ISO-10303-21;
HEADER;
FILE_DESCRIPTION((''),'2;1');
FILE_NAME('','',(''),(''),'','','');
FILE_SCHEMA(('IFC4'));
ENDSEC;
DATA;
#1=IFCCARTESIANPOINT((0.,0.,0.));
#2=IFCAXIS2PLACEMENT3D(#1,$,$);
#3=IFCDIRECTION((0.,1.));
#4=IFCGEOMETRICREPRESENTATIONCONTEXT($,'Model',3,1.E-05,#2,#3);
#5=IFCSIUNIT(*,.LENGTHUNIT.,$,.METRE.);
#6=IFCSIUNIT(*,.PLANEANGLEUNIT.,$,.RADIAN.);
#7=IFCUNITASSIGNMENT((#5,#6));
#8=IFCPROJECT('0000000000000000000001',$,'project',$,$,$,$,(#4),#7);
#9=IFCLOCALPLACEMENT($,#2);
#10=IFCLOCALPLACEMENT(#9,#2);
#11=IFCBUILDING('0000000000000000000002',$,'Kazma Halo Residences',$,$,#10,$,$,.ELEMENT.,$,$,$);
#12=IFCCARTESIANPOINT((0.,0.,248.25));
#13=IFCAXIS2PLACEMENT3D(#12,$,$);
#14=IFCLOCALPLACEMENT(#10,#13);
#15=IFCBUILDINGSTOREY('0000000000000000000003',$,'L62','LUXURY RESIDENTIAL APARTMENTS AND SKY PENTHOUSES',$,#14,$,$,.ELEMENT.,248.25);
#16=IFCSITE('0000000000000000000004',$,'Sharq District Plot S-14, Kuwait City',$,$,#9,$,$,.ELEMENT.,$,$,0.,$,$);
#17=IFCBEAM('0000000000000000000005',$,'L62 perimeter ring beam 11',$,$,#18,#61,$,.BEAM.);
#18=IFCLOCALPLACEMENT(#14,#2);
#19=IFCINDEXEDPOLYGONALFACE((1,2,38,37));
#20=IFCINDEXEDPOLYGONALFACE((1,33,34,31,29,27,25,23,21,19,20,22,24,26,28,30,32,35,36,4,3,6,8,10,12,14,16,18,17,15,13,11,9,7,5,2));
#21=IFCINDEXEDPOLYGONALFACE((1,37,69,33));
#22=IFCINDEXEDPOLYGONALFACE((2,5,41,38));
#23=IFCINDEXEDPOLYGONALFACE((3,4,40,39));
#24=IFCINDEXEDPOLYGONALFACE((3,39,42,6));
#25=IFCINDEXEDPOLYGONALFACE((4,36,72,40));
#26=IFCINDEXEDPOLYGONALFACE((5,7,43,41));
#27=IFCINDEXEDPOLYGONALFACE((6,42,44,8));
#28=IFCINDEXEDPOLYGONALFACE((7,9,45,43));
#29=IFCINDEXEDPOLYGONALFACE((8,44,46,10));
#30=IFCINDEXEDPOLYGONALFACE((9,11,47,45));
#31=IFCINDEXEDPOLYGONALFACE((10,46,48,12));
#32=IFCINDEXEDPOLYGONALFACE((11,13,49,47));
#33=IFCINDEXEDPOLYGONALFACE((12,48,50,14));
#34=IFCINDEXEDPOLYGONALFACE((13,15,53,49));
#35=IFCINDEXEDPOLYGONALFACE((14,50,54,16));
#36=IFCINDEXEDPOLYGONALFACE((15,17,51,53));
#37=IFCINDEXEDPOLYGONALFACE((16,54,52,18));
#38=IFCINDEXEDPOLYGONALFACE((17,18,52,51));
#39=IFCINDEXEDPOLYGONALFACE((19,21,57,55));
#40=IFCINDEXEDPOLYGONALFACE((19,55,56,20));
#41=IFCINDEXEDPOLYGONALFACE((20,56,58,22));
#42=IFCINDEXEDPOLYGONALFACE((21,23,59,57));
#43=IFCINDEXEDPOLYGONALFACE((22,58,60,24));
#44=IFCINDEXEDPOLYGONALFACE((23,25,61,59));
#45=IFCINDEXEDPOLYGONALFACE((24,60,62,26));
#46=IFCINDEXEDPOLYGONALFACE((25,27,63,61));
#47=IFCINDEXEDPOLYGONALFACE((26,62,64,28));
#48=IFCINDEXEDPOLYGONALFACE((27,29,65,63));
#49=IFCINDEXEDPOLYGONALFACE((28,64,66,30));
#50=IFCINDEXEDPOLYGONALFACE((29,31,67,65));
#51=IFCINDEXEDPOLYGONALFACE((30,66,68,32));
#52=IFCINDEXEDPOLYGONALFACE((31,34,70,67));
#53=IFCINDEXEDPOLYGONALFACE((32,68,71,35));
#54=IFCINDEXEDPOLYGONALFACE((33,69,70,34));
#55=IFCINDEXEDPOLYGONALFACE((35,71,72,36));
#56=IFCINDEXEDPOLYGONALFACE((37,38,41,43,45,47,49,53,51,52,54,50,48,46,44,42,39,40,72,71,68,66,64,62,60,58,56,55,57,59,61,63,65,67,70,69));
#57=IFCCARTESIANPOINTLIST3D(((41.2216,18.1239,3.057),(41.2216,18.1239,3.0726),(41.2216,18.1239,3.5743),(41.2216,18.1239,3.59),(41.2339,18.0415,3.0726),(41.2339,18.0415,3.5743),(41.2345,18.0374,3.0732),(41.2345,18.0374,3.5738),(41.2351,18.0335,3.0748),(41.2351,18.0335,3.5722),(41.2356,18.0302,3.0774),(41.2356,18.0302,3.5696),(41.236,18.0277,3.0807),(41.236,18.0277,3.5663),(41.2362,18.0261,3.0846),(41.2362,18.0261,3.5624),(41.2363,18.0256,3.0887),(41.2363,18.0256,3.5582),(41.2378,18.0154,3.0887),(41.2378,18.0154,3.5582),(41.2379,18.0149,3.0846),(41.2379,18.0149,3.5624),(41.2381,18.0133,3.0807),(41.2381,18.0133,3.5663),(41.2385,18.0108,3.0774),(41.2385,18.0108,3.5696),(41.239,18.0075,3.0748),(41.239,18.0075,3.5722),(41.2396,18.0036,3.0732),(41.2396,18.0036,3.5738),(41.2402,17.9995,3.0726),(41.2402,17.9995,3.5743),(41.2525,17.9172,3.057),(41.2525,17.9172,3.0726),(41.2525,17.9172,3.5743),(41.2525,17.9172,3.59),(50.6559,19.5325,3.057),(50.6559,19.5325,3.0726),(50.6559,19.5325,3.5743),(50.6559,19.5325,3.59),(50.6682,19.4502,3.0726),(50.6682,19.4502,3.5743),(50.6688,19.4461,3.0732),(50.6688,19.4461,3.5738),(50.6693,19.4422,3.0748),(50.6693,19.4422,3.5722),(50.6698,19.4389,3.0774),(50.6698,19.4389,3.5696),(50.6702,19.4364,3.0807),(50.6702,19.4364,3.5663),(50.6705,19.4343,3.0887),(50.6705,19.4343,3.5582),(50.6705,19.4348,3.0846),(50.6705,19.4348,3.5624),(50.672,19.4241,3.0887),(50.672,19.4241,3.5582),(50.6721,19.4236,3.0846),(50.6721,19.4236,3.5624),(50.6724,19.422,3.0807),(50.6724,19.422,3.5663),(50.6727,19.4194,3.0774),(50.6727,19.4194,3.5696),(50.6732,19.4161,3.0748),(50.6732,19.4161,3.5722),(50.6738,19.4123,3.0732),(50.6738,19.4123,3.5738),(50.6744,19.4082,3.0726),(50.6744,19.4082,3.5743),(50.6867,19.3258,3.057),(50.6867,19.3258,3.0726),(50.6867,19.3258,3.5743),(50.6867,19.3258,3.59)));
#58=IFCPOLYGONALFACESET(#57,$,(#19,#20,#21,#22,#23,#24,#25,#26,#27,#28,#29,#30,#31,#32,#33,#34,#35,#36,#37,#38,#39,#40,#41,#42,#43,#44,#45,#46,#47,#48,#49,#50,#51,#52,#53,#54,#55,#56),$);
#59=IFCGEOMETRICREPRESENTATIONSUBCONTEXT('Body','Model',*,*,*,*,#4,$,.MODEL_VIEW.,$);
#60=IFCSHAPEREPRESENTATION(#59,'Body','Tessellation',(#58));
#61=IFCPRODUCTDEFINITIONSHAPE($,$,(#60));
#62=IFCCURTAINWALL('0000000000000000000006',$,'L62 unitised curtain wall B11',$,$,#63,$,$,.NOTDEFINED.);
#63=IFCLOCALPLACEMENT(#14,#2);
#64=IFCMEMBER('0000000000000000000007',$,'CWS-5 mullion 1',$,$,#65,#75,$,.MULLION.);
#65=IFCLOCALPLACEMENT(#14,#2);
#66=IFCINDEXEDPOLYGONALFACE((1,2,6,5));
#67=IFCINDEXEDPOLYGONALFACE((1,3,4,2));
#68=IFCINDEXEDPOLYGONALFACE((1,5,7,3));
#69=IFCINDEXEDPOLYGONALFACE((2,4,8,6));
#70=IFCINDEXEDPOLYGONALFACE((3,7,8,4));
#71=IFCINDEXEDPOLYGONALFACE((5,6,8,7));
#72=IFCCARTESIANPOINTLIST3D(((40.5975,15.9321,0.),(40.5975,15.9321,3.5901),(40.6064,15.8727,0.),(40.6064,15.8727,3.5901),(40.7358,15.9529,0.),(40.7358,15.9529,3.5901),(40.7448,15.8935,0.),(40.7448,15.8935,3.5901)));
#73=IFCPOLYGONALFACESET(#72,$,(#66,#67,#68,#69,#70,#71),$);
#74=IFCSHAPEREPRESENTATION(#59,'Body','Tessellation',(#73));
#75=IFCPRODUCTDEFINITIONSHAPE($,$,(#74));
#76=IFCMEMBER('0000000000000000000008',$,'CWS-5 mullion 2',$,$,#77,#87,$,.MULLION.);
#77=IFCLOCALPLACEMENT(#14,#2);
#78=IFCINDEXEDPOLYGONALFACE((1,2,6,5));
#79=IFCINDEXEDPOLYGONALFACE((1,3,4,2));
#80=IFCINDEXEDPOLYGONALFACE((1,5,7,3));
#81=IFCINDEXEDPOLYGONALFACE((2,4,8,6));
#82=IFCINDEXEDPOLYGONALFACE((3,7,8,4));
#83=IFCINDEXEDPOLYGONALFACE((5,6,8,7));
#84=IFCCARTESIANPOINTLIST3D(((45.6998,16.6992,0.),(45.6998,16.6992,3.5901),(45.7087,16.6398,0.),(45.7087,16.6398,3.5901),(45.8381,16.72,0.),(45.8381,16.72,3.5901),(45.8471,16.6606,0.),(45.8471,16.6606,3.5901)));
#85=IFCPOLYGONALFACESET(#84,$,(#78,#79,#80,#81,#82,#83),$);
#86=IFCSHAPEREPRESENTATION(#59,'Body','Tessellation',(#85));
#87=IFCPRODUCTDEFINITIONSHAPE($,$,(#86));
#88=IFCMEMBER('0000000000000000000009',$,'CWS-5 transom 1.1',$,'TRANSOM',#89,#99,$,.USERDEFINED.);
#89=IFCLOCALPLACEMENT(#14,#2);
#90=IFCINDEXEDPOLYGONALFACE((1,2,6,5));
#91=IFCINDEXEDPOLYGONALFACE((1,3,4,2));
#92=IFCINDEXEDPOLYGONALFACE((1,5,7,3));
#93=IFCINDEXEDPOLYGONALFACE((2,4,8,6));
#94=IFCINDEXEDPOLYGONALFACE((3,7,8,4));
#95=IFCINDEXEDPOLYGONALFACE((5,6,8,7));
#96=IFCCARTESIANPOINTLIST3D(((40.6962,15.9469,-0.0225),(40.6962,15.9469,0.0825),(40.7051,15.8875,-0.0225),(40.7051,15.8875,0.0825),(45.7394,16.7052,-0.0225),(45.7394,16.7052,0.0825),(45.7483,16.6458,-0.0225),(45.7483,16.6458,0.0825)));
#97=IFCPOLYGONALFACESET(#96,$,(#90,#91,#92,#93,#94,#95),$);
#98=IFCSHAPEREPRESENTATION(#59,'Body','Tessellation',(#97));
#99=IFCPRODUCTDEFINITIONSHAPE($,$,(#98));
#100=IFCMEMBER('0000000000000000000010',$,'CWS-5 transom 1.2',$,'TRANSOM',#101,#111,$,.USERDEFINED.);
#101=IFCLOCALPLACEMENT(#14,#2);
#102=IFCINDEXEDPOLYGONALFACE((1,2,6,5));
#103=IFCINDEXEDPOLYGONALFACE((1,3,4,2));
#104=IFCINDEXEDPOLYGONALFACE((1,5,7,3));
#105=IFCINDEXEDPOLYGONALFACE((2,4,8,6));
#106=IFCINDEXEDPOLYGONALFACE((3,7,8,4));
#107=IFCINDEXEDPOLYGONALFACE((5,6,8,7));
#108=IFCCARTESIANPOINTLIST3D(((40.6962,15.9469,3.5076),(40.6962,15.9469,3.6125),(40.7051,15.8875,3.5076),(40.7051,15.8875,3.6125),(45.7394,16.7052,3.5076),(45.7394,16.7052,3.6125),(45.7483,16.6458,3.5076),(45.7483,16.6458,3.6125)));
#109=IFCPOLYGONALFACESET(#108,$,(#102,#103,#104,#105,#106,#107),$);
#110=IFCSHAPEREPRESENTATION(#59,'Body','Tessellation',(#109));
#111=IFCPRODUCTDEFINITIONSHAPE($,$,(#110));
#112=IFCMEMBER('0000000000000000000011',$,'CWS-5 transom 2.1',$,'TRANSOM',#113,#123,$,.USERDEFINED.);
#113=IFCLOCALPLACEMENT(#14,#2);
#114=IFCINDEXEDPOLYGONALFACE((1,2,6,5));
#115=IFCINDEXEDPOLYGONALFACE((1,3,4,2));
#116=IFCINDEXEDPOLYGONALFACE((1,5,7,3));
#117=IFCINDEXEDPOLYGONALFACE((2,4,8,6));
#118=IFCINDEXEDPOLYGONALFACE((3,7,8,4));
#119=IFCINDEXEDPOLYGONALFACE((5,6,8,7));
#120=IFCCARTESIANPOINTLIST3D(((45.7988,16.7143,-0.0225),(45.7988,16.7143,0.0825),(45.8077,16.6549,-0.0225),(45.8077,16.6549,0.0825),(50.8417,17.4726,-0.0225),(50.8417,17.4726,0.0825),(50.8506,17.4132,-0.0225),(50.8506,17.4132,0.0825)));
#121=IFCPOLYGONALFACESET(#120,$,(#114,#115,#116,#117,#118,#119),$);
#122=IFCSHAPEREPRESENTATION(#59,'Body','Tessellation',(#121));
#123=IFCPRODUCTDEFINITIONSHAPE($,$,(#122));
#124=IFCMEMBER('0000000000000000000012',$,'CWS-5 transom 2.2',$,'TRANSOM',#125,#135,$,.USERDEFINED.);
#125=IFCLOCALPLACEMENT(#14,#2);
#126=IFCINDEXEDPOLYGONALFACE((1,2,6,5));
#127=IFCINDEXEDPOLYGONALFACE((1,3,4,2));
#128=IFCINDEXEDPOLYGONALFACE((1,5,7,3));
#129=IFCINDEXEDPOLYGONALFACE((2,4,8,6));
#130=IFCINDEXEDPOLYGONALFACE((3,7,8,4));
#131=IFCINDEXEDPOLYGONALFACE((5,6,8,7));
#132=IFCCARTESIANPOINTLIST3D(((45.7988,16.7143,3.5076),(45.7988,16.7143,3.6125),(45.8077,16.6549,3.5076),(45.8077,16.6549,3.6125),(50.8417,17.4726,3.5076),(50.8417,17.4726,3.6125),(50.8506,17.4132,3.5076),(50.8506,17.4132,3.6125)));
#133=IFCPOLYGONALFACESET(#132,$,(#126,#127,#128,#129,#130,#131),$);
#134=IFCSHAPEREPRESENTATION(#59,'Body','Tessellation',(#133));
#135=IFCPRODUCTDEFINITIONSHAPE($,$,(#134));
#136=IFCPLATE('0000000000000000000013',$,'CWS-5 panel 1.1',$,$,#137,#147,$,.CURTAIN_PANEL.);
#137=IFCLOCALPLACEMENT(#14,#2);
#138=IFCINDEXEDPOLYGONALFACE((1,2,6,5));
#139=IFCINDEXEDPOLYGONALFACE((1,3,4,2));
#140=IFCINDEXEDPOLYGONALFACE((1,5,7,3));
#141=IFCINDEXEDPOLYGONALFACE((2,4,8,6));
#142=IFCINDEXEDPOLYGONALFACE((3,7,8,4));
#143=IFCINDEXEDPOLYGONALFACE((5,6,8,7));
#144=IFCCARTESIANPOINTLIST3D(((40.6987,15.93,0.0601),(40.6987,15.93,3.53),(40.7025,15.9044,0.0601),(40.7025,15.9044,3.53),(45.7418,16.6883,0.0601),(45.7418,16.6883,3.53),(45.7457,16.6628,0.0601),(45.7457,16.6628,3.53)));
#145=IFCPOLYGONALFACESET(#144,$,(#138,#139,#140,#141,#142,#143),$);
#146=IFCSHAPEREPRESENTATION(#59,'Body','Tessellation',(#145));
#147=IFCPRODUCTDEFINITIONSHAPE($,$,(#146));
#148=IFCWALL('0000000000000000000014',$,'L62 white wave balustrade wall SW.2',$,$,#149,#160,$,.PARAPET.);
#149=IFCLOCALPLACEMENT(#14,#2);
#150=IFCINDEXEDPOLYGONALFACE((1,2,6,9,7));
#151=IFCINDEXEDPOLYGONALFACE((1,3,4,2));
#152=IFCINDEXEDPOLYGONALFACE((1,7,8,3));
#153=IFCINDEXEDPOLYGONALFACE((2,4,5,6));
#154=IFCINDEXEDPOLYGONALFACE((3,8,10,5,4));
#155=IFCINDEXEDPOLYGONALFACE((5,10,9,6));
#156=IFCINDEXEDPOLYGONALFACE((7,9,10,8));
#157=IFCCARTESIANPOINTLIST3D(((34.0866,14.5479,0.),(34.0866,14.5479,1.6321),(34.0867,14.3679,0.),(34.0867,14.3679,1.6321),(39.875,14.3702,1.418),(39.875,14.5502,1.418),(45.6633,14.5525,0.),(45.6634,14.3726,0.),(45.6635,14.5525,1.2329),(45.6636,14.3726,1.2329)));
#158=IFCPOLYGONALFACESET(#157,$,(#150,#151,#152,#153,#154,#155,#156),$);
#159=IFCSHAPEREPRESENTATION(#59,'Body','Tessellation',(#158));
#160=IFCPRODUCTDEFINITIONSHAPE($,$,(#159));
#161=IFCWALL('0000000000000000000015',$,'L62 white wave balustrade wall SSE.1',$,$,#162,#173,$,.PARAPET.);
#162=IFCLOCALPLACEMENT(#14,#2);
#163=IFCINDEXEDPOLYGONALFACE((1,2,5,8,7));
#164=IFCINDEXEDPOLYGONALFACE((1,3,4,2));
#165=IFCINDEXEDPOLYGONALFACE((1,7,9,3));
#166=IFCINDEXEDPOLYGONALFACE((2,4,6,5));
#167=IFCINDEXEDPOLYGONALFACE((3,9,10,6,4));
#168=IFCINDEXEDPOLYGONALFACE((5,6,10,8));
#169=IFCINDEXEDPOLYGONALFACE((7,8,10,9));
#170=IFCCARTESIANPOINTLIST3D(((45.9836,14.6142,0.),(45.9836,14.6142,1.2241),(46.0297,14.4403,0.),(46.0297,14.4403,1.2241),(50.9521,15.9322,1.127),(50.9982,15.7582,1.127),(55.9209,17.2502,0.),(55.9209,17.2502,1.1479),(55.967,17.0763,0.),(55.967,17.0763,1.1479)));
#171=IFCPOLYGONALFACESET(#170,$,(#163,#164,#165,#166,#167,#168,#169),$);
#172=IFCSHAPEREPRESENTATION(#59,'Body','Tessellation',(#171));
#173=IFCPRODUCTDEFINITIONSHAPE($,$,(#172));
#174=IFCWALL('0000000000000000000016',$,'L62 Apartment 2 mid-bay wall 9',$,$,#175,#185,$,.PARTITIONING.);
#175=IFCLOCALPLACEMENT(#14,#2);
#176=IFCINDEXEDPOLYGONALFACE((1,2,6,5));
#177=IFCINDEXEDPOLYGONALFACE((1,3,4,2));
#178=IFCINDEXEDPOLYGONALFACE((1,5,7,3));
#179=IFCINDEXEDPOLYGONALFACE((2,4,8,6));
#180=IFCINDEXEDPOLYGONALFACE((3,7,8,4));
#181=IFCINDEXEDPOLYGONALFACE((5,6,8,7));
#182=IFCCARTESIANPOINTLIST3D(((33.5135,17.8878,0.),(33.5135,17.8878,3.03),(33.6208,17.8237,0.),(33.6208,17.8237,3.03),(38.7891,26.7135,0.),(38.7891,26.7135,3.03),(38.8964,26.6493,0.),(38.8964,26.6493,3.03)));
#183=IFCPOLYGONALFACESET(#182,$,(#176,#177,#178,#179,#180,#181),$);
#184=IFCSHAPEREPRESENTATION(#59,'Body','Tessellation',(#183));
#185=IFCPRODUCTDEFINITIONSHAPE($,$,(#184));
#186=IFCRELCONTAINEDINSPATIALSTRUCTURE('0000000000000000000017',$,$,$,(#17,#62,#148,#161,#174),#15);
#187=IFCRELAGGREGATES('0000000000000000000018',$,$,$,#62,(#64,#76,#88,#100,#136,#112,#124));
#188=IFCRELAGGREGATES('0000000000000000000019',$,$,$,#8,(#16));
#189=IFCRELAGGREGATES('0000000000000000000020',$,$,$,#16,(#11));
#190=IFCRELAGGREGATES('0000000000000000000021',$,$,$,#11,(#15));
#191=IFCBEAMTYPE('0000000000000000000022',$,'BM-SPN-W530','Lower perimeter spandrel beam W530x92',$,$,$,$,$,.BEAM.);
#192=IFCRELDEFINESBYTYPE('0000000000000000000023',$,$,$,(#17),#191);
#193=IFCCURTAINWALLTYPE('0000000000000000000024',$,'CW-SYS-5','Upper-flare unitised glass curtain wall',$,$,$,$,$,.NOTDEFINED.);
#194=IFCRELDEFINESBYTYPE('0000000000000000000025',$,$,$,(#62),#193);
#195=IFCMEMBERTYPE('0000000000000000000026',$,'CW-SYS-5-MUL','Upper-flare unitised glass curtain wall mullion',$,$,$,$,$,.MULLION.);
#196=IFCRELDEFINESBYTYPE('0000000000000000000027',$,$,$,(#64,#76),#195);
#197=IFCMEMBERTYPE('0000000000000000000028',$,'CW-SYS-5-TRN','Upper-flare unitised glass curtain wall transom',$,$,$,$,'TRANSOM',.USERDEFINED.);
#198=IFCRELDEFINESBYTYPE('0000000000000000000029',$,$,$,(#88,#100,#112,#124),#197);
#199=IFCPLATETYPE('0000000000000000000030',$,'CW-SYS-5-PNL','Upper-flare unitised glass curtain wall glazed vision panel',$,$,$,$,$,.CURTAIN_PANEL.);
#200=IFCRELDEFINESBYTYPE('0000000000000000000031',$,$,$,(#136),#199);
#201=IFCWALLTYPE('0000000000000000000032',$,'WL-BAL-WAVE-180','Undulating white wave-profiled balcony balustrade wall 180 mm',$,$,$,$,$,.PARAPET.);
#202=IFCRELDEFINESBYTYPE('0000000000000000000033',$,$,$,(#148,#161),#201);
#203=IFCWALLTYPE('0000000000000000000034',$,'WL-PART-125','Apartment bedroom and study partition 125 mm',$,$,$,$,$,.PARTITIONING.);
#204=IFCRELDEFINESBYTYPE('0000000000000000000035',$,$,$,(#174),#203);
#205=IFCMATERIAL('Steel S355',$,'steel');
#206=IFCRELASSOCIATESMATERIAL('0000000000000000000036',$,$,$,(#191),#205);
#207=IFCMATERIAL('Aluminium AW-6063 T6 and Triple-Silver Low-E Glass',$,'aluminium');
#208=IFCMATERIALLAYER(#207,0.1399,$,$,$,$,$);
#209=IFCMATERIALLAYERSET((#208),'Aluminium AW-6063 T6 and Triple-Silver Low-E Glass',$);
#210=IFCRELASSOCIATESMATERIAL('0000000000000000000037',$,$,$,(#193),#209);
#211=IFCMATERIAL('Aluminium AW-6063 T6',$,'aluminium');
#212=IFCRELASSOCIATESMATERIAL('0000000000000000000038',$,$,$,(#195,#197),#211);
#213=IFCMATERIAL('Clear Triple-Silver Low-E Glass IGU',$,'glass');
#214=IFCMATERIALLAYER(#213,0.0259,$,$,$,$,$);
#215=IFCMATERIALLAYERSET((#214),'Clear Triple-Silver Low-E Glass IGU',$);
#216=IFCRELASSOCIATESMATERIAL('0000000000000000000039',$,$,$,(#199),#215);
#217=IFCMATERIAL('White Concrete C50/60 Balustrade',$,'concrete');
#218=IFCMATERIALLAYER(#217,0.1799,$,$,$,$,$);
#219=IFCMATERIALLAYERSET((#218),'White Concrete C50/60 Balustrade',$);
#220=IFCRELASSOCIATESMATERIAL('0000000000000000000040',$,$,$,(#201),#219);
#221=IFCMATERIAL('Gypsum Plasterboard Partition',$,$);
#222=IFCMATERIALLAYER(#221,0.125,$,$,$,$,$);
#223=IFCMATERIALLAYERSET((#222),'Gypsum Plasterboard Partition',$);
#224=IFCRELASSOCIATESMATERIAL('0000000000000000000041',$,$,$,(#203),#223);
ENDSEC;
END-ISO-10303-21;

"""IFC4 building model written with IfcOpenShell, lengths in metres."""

from ifc_helpers import new_model, si_unit, direction, frame, frame_2d, origin, origin_2d, place, context, subcontext, project, spatial, polyline, rectangle, i_section, outline, extrude, material, layer, layer_set, material_profile, profile_set, type_object, element, aggregate, save


model = new_model("IFC4")

# Units and contexts
model_context = context("Model", 3, precision=1e-05, world=origin(), true_north=direction((0.0, 1.0)))
body_context = subcontext(model_context, "Body", "Model", "MODEL_VIEW")
ifc_project = project(units=[si_unit("LENGTHUNIT", "METRE"), si_unit("PLANEANGLEUNIT", "RADIAN")], contexts=[model_context])

# Site, building, storey
site_placement = place(None, origin())
site = spatial("IfcSite", under=ifc_project, at=site_placement, Name="Sharq District Plot S-14, Kuwait City", CompositionType="ELEMENT", RefElevation=0.0)
building_placement = place(site_placement, origin())
building = spatial("IfcBuilding", under=site, at=building_placement, Name="Kazma Halo Residences", CompositionType="ELEMENT")
storey_placement = place(building_placement, frame((0.0, 0.0, 248.25)))
storey = spatial("IfcBuildingStorey", under=building, at=storey_placement, Name="L62", Description="LUXURY RESIDENTIAL APARTMENTS AND SKY PENTHOUSES", CompositionType="ELEMENT", Elevation=248.25)

# Beam
ifc_material_1 = material(Name="Steel S355", Category="steel")
ifc_material_profile_1 = material_profile(ifc_material_1, i_section(OverallWidth=0.209, OverallDepth=0.533, WebThickness=0.0103, FlangeThickness=0.0156, FilletRadius=0.0161, at=origin_2d()), Name="W530x92")
ifc_profile_set_1 = profile_set([ifc_material_profile_1], Name="Steel S355")
beam_type_1 = type_object("IfcBeamType", Name="BM-SPN-W530", Description="Lower perimeter spandrel beam W530x92", PredefinedType="BEAM", material=ifc_profile_set_1)
beam_1_placement = place(storey_placement, frame((41.2371, 18.0205, 3.3235), z_axis=(0.989035, 0.147678, 0.0), x_axis=(-0.147678, 0.989035, 0.0)))
element("IfcBeam", 1, at=beam_1_placement, inside=storey, type_object=beam_type_1, Name="L62 perimeter ring beam 11", PredefinedType="BEAM", context=body_context, shape_type="SweptSolid", body=[
    extrude(i_section(OverallWidth=0.209, OverallDepth=0.533, WebThickness=0.0103, FlangeThickness=0.0156, FilletRadius=0.0161, at=origin_2d()), origin(), (0.0, 0.0, 1.0), 9.5388),
])

# Curtain wall, members, plate
ifc_material_2 = material(Name="Aluminium AW-6063 T6 and Triple-Silver Low-E Glass", Category="aluminium")
ifc_layer_1 = layer(ifc_material_2, 0.1399)
ifc_layer_set_1 = layer_set([ifc_layer_1], Name="Aluminium AW-6063 T6 and Triple-Silver Low-E Glass")
curtain_wall_type = type_object("IfcCurtainWallType", Name="CW-SYS-5", Description="Upper-flare unitised glass curtain wall", PredefinedType="NOTDEFINED", material=ifc_layer_set_1)
curtain_wall_placement = place(storey_placement, origin())
curtain_wall = element("IfcCurtainWall", 2, at=curtain_wall_placement, inside=storey, type_object=curtain_wall_type, Name="L62 unitised curtain wall B11", PredefinedType="NOTDEFINED")
ifc_material_3 = material(Name="Aluminium AW-6063 T6", Category="aluminium")
ifc_material_profile_2 = material_profile(ifc_material_3, rectangle(XDim=0.0601, YDim=0.1399, at=origin_2d()), Name="CWM-60x140")
ifc_profile_set_2 = profile_set([ifc_material_profile_2], Name="Aluminium AW-6063 T6")
member_type_1 = type_object("IfcMemberType", Name="CW-SYS-5-MUL", Description="Upper-flare unitised glass curtain wall mullion", PredefinedType="MULLION", material=ifc_profile_set_2)
member_1_placement = place(storey_placement, frame((40.6711, 15.9128, 0.0), z_axis=(0.0, 0.0, 1.0), x_axis=(-0.148697, 0.988883, 0.0)))
member_1 = element("IfcMember", 3, at=member_1_placement, type_object=member_type_1, Name="CWS-5 mullion 1", PredefinedType="MULLION", context=body_context, shape_type="SweptSolid", body=[
    extrude(rectangle(XDim=0.0601, YDim=0.1399, at=origin_2d()), origin(), (0.0, 0.0, 1.0), 3.5901),
])
member_2_placement = place(storey_placement, frame((45.7734, 16.6799, 0.0), z_axis=(0.0, 0.0, 1.0), x_axis=(-0.148697, 0.988883, 0.0)))
member_2 = element("IfcMember", 4, at=member_2_placement, type_object=member_type_1, Name="CWS-5 mullion 2", PredefinedType="MULLION", context=body_context, shape_type="SweptSolid", body=[
    extrude(rectangle(XDim=0.0601, YDim=0.1399, at=origin_2d()), origin(), (0.0, 0.0, 1.0), 3.5901),
])
ifc_material_profile_3 = material_profile(ifc_material_3, rectangle(XDim=0.0601, YDim=0.105, at=origin_2d()), Name="CWT-60x105")
ifc_profile_set_3 = profile_set([ifc_material_profile_3], Name="Aluminium AW-6063 T6")
member_type_2 = type_object("IfcMemberType", Name="CW-SYS-5-TRN", Description="Upper-flare unitised glass curtain wall transom", ElementType="TRANSOM", PredefinedType="USERDEFINED", material=ifc_profile_set_3)
member_3_placement = place(storey_placement, frame((40.7007, 15.9172, 0.03), z_axis=(0.988884, 0.148689, 0.0), x_axis=(-0.148689, 0.988884, 0.0)))
member_3 = element("IfcMember", 5, at=member_3_placement, type_object=member_type_2, Name="CWS-5 transom 1.1", ObjectType="TRANSOM", PredefinedType="USERDEFINED", context=body_context, shape_type="SweptSolid", body=[
    extrude(rectangle(XDim=0.0601, YDim=0.105, at=origin_2d()), origin(), (0.0, 0.0, 1.0), 5.0999),
])
member_4_placement = place(storey_placement, frame((40.7007, 15.9172, 3.5601), z_axis=(0.988884, 0.148689, 0.0), x_axis=(-0.148689, 0.988884, 0.0)))
member_4 = element("IfcMember", 6, at=member_4_placement, type_object=member_type_2, Name="CWS-5 transom 1.2", ObjectType="TRANSOM", PredefinedType="USERDEFINED", context=body_context, shape_type="SweptSolid", body=[
    extrude(rectangle(XDim=0.0601, YDim=0.105, at=origin_2d()), origin(), (0.0, 0.0, 1.0), 5.0999),
])
member_5_placement = place(storey_placement, frame((45.8032, 16.6846, 0.03), z_axis=(0.988883, 0.148696, 0.0), x_axis=(-0.148696, 0.988883, 0.0)))
member_5 = element("IfcMember", 7, at=member_5_placement, type_object=member_type_2, Name="CWS-5 transom 2.1", ObjectType="TRANSOM", PredefinedType="USERDEFINED", context=body_context, shape_type="SweptSolid", body=[
    extrude(rectangle(XDim=0.0601, YDim=0.105, at=origin_2d()), origin(), (0.0, 0.0, 1.0), 5.0996),
])
member_6_placement = place(storey_placement, frame((45.8032, 16.6846, 3.5601), z_axis=(0.988883, 0.148696, 0.0), x_axis=(-0.148696, 0.988883, 0.0)))
member_6 = element("IfcMember", 8, at=member_6_placement, type_object=member_type_2, Name="CWS-5 transom 2.2", ObjectType="TRANSOM", PredefinedType="USERDEFINED", context=body_context, shape_type="SweptSolid", body=[
    extrude(rectangle(XDim=0.0601, YDim=0.105, at=origin_2d()), origin(), (0.0, 0.0, 1.0), 5.0996),
])
ifc_material_4 = material(Name="Clear Triple-Silver Low-E Glass IGU", Category="glass")
ifc_layer_2 = layer(ifc_material_4, 0.0259)
ifc_layer_set_2 = layer_set([ifc_layer_2], Name="Clear Triple-Silver Low-E Glass IGU")
plate_type = type_object("IfcPlateType", Name="CW-SYS-5-PNL", Description="Upper-flare unitised glass curtain wall glazed vision panel", PredefinedType="CURTAIN_PANEL", material=ifc_layer_set_2)
plate_placement = place(storey_placement, frame((43.2222, 16.2964, 0.0601), z_axis=(0.0, 0.0, 1.0), x_axis=(0.988883, 0.148697, 0.0)))
plate = element("IfcPlate", 9, at=plate_placement, type_object=plate_type, Name="CWS-5 panel 1.1", PredefinedType="CURTAIN_PANEL", context=body_context, shape_type="SweptSolid", body=[
    extrude(rectangle(XDim=5.0999, YDim=0.0259, at=origin_2d()), origin(), (0.0, 0.0, 1.0), 3.47),
])
aggregate(curtain_wall, [member_1, member_2, member_3, member_4, plate, member_5, member_6])

# Walls
ifc_material_5 = material(Name="White Concrete C50/60 Balustrade", Category="concrete")
ifc_layer_3 = layer(ifc_material_5, 0.1799)
ifc_layer_set_3 = layer_set([ifc_layer_3], Name="White Concrete C50/60 Balustrade")
wall_type_1 = type_object("IfcWallType", Name="WL-BAL-WAVE-180", Description="Undulating white wave-profiled balcony balustrade wall 180 mm", PredefinedType="PARAPET", material=ifc_layer_set_3)
wall_1_placement = place(storey_placement, frame((34.0867, 14.458, 0.0), z_axis=(0.0, 0.0, 1.0), x_axis=(1.0, 0.000401, 0.0)))
element("IfcWall", 10, at=wall_1_placement, inside=storey, type_object=wall_type_1, Name="L62 white wave balustrade wall SW.2", PredefinedType="PARAPET", context=body_context, shape_type="SweptSolid", body=[
    extrude(outline(polyline([(0.0, 0.0), (11.5767, 0.0), (11.5769, 1.2329), (5.7883, 1.418), (0.0, 1.6321), (0.0, 0.0)])), frame((0.0, 0.0898, 0.0), z_axis=(0.0, -1.0, 0.0), x_axis=(1.0, 0.0, 0.0)), (0.0, 0.0, 1.0), 0.1799),
])
wall_2_placement = place(storey_placement, frame((46.0066, 14.5273, 0.0), z_axis=(0.0, 0.0, 1.0), x_axis=(0.966572, 0.256396, 0.0)))
element("IfcWall", 11, at=wall_2_placement, inside=storey, type_object=wall_type_1, Name="L62 white wave balustrade wall SSE.1", PredefinedType="PARAPET", context=body_context, shape_type="SweptSolid", body=[
    extrude(outline(polyline([(0.0, 0.0), (10.281, 0.0), (10.281, 1.1479), (5.1404, 1.127), (0.0, 1.2241), (0.0, 0.0)])), frame((0.0, 0.0898, 0.0), z_axis=(0.0, -1.0, 0.0), x_axis=(1.0, 0.0, 0.0)), (0.0, 0.0, 1.0), 0.1799),
])
ifc_material_6 = material(Name="Gypsum Plasterboard Partition")
ifc_layer_4 = layer(ifc_material_6, 0.125)
ifc_layer_set_4 = layer_set([ifc_layer_4], Name="Gypsum Plasterboard Partition")
wall_type_2 = type_object("IfcWallType", Name="WL-PART-125", Description="Apartment bedroom and study partition 125 mm", PredefinedType="PARTITIONING", material=ifc_layer_set_4)
wall_3_placement = place(storey_placement, frame((38.8428, 26.6814, 0.0), z_axis=(0.0, 0.0, 1.0), x_axis=(-0.513081, -0.85834, 0.0)))
element("IfcWall", 12, at=wall_3_placement, inside=storey, type_object=wall_type_2, Name="L62 Apartment 2 mid-bay wall 9", PredefinedType="PARTITIONING", context=body_context, shape_type="SweptSolid", body=[
    extrude(rectangle(XDim=10.2822, YDim=0.125, at=frame_2d((5.1411, 0.0))), origin(), (0.0, 0.0, 1.0), 3.03),
])

save(model, "model.ifc")
